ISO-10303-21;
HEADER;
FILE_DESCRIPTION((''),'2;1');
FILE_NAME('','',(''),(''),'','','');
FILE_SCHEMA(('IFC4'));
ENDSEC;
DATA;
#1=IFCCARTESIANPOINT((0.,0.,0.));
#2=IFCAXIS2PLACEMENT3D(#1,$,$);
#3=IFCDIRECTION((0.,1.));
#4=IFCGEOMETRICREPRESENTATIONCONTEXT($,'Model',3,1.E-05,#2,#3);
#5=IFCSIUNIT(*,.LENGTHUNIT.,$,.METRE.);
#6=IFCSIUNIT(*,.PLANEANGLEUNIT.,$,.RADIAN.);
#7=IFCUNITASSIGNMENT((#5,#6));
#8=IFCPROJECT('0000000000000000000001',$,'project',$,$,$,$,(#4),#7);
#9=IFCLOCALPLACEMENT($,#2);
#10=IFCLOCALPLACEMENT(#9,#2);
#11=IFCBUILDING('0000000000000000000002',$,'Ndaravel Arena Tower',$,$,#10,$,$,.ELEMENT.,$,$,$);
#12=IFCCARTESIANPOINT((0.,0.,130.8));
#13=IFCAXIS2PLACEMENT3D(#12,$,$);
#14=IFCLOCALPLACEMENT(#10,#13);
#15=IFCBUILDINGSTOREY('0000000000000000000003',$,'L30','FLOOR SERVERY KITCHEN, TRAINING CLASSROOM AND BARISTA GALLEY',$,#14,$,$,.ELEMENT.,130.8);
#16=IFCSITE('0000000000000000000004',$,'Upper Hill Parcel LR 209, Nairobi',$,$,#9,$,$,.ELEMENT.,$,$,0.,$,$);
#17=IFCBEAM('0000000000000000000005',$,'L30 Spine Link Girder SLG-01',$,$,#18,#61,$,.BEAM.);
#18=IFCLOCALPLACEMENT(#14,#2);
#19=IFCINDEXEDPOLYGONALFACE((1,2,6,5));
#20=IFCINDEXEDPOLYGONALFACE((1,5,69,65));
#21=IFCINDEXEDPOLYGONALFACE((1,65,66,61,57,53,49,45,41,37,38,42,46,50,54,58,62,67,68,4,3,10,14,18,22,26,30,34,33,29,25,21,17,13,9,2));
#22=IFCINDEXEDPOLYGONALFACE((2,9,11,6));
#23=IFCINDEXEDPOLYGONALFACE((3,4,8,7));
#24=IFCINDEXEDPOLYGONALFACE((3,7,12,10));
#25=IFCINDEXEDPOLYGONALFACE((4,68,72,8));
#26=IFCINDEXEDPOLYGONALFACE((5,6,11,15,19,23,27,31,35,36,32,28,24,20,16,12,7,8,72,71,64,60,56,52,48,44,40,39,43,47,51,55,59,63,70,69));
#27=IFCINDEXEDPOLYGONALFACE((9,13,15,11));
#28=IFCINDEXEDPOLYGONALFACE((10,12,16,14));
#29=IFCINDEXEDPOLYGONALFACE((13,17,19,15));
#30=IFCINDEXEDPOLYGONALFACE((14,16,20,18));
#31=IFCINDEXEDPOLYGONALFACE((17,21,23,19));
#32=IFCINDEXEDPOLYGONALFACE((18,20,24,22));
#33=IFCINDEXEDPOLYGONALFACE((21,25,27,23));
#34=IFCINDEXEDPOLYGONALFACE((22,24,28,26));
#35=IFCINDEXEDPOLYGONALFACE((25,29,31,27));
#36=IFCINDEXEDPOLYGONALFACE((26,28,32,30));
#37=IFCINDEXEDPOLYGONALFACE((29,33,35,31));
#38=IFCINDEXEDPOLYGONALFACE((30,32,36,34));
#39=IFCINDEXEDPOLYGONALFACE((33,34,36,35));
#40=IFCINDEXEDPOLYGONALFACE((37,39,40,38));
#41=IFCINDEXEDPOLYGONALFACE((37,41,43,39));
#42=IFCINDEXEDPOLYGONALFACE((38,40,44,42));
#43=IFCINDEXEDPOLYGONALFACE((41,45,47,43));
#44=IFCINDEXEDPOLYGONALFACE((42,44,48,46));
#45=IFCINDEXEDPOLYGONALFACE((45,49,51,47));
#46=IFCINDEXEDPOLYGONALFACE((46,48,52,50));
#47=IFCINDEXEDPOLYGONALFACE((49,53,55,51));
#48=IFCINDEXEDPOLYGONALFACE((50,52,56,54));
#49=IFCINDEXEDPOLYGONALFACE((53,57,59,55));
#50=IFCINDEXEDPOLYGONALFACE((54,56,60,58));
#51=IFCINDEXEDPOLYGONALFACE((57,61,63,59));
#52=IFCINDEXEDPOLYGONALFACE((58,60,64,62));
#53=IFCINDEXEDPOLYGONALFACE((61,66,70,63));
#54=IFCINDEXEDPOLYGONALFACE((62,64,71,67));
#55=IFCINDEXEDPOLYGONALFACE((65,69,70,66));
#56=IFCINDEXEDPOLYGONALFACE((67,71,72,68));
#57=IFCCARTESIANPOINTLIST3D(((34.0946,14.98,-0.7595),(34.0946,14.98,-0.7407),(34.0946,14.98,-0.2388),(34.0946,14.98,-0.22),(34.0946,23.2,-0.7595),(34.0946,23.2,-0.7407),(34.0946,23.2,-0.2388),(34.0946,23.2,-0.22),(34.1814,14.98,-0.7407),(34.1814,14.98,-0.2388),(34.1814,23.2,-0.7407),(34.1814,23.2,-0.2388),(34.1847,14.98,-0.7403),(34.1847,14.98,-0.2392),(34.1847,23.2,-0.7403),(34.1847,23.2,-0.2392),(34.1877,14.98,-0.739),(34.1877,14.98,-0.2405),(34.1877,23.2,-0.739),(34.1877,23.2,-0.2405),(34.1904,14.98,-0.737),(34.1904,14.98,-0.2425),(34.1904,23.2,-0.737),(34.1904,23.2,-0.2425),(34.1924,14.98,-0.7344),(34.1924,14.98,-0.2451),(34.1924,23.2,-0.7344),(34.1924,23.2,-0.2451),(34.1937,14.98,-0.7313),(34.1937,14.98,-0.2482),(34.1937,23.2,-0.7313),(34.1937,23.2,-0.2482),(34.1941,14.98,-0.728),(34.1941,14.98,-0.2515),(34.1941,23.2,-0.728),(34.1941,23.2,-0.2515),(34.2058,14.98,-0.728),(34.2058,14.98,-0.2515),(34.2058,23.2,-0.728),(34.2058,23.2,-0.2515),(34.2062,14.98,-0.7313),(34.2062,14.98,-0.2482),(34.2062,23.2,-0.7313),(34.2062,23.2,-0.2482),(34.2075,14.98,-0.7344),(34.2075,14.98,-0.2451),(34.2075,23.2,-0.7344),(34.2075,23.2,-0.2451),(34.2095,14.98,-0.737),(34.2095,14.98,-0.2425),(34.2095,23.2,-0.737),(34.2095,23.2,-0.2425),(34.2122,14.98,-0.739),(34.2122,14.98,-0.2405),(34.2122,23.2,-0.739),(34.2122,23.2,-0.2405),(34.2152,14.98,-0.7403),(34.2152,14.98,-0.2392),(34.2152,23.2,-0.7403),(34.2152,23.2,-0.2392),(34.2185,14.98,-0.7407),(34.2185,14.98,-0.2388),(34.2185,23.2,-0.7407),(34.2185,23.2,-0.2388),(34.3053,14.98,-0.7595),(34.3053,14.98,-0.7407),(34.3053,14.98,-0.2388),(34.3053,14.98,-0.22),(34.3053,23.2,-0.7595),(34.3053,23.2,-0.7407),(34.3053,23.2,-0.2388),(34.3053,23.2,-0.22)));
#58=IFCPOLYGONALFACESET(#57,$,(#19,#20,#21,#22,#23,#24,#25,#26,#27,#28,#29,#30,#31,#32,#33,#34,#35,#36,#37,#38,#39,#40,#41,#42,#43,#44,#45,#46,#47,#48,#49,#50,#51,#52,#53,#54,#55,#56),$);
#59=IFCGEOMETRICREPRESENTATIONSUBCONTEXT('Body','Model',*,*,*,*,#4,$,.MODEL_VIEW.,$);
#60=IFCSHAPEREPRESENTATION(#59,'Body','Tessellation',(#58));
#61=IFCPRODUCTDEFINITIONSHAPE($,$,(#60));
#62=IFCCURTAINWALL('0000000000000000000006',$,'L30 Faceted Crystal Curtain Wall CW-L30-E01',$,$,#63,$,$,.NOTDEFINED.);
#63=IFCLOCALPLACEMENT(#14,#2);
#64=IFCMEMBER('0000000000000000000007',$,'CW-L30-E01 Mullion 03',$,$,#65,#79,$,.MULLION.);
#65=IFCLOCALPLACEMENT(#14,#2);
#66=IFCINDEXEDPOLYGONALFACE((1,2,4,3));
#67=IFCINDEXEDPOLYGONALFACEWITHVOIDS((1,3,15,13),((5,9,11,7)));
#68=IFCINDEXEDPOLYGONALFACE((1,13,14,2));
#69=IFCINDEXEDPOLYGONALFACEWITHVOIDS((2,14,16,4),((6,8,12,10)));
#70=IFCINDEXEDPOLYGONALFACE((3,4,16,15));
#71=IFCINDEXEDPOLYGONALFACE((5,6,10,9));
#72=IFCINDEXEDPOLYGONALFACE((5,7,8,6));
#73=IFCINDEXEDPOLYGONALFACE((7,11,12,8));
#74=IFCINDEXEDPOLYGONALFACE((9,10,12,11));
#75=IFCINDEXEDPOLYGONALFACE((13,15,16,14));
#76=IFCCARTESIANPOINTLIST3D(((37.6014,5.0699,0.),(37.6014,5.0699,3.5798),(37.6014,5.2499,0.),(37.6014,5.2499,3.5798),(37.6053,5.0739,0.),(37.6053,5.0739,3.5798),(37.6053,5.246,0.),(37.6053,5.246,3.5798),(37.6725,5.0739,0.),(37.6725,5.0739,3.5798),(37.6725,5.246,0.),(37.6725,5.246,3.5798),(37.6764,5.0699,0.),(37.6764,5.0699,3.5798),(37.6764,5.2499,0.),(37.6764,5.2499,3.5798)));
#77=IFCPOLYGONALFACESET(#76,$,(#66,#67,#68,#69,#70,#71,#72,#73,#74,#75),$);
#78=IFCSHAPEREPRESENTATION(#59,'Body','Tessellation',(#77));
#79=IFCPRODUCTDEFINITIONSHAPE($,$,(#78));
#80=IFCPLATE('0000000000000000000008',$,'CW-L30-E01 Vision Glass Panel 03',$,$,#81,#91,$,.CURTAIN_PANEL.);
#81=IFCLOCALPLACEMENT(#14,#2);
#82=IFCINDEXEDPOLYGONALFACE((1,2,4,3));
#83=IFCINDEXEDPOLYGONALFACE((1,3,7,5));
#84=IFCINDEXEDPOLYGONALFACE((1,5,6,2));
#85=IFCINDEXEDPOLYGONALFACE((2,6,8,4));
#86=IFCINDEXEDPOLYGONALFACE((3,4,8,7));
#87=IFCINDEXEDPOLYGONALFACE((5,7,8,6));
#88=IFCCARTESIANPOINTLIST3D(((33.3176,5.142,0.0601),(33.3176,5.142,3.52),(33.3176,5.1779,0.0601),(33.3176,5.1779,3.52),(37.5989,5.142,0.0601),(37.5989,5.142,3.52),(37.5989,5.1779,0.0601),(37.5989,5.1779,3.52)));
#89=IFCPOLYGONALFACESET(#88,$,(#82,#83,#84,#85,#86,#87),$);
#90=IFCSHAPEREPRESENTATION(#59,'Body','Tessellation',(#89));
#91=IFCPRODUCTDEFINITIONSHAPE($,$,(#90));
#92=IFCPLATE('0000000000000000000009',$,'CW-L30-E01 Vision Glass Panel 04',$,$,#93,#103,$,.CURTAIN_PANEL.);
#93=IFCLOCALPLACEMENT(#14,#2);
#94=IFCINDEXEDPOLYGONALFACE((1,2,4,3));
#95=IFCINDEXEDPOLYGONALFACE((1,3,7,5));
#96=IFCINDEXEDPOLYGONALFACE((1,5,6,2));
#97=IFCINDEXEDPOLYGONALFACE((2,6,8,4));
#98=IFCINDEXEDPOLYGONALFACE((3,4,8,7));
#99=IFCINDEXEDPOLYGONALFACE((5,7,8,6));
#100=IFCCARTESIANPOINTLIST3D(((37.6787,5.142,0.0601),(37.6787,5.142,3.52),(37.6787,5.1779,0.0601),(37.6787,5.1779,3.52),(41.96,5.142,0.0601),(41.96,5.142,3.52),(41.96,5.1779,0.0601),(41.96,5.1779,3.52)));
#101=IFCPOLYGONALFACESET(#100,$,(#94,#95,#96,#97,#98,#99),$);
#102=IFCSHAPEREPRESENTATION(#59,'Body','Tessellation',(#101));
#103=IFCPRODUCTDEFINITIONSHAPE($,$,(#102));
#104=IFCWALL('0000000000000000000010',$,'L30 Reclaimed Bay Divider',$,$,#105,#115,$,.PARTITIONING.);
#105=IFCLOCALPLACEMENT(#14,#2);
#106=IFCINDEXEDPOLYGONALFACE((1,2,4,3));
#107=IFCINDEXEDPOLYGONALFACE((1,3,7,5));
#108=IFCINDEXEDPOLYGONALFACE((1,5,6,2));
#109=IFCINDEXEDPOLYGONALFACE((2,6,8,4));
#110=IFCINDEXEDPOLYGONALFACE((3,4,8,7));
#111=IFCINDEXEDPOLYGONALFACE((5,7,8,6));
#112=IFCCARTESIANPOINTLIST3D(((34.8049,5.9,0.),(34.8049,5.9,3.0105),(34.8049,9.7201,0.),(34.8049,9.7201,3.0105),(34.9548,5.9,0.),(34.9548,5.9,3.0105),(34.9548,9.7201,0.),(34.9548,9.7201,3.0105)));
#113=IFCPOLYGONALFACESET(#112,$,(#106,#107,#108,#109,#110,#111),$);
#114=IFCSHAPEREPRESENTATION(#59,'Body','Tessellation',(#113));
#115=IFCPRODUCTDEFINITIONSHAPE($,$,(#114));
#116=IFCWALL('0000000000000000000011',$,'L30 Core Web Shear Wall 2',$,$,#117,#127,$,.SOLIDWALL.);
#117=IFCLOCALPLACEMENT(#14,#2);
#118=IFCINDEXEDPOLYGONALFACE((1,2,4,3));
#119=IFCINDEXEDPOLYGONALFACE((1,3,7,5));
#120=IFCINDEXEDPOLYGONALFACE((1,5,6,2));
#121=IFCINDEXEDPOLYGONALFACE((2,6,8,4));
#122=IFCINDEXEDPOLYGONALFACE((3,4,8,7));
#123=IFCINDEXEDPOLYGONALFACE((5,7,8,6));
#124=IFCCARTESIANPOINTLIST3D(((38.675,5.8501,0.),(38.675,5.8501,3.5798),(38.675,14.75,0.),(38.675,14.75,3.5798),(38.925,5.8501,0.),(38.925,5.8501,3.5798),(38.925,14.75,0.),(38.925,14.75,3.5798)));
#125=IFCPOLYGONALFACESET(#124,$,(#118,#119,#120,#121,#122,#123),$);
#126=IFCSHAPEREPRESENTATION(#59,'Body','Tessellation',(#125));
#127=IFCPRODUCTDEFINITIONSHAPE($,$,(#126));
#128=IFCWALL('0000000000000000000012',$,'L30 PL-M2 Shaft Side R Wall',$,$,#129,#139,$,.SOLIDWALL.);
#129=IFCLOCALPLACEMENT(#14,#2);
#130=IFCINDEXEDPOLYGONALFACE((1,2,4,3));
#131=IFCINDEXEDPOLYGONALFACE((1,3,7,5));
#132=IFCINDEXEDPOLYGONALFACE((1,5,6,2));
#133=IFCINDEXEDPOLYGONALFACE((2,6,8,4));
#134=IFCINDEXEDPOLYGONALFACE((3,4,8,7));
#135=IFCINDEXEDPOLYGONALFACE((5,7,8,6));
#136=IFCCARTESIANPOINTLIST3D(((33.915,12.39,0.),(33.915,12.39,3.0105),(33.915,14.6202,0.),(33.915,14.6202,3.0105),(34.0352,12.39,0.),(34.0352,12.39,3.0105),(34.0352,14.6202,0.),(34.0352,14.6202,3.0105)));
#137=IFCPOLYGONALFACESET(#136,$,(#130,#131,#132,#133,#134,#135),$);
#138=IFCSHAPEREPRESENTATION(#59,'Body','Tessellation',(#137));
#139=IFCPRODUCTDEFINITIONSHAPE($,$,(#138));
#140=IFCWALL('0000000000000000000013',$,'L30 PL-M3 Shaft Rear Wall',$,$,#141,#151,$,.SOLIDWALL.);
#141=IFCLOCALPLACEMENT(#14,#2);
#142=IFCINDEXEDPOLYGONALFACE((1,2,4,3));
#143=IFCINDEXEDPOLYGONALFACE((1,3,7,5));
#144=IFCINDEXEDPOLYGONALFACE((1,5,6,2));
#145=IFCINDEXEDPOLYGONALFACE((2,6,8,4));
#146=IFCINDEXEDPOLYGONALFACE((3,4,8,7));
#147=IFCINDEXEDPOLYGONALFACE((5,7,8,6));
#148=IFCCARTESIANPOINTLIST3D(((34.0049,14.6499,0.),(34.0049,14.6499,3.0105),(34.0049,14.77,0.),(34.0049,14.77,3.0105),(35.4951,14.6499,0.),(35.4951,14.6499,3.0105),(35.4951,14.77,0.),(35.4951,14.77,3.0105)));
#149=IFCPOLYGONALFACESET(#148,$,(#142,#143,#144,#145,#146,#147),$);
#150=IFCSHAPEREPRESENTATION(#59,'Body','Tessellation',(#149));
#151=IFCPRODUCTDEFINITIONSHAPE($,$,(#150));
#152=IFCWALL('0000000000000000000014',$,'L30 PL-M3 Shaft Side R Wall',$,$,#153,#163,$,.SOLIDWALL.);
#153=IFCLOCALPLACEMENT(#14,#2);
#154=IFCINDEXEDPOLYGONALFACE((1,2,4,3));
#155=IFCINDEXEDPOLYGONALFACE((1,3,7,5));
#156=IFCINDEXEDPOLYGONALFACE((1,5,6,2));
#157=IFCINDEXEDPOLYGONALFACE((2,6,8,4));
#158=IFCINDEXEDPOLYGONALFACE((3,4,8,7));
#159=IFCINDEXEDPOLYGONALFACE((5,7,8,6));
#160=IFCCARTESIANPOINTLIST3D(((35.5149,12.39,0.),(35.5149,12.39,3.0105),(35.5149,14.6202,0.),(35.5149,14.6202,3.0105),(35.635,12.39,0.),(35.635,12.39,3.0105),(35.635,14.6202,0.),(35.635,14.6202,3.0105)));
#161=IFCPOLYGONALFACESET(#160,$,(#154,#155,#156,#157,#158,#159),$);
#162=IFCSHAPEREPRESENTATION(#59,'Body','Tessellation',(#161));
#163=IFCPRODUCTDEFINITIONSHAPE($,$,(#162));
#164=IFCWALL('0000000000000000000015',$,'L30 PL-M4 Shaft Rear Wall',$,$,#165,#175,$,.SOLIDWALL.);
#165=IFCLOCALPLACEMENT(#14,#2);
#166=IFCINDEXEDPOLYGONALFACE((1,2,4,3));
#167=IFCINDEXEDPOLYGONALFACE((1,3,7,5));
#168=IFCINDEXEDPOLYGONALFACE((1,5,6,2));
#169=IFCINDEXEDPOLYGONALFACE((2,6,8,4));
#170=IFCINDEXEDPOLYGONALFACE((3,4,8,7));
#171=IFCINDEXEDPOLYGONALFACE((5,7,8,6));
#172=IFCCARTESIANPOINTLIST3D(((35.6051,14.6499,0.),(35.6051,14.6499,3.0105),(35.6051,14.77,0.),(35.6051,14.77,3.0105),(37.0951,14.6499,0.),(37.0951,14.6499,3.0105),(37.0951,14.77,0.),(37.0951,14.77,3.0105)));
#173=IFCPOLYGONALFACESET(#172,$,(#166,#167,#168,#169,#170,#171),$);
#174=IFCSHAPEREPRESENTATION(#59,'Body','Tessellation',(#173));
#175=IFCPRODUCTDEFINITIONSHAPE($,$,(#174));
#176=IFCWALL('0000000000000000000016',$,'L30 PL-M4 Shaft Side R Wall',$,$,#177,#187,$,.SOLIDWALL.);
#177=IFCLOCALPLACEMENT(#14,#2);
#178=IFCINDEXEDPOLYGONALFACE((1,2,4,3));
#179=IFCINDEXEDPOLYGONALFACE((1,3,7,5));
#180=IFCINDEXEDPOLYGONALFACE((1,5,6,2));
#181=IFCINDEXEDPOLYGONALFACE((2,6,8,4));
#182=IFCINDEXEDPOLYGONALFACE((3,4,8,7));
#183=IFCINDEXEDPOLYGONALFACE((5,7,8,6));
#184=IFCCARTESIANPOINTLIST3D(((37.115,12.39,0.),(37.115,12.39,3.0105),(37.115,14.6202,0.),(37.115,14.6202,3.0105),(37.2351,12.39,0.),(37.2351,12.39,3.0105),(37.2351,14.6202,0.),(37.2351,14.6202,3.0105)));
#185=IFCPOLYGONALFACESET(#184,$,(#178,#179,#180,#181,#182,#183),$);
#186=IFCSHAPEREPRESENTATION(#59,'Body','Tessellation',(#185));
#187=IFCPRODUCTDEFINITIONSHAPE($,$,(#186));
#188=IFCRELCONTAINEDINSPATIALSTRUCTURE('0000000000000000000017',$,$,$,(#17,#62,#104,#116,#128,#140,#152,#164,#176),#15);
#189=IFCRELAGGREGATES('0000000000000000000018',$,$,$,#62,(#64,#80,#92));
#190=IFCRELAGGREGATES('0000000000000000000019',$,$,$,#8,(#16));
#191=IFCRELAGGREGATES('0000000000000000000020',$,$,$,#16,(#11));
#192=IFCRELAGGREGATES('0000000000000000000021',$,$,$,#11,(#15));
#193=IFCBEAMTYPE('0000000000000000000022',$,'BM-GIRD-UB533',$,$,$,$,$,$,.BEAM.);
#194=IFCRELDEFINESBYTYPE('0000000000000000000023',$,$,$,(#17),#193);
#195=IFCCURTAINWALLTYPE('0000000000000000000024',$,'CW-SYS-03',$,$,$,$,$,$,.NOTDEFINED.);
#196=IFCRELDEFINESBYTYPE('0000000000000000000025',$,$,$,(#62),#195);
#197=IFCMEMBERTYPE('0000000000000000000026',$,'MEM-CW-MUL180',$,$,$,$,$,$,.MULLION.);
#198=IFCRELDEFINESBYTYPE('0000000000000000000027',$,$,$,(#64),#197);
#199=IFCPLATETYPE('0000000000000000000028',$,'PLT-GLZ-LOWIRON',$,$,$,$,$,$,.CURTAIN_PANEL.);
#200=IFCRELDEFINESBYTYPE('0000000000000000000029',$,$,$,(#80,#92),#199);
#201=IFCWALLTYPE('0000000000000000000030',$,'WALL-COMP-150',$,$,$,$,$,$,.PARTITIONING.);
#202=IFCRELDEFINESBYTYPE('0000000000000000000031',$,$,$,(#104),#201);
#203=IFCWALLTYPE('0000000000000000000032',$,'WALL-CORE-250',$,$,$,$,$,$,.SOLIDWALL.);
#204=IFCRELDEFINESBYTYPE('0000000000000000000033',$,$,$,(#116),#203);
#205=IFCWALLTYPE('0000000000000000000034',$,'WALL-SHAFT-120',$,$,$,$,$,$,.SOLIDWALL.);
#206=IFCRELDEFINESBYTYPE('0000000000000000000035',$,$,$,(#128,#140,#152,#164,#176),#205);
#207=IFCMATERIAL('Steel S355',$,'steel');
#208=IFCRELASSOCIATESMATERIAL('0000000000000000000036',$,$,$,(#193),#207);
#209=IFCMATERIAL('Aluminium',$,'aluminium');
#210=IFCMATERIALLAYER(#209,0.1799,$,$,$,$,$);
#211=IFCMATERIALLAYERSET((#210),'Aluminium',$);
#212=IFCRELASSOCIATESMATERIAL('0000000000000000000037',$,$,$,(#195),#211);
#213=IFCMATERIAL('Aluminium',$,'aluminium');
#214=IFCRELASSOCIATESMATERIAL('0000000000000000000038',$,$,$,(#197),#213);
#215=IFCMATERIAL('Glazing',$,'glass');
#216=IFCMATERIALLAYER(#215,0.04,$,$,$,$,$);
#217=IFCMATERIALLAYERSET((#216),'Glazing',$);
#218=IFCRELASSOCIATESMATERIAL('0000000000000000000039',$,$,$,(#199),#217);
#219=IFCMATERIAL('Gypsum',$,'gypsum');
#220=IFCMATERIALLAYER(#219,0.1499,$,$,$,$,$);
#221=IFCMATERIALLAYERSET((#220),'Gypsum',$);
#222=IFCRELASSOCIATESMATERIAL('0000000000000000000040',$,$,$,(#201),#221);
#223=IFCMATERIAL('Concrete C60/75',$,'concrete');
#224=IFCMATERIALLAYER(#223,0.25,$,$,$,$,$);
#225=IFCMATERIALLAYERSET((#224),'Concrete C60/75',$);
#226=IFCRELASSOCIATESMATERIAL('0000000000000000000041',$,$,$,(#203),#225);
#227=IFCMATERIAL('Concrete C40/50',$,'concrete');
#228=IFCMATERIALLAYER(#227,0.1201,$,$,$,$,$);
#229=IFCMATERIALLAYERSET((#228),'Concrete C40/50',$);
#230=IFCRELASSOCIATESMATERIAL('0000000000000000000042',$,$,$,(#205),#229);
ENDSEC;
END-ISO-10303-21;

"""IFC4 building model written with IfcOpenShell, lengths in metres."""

from ifc_helpers import new_model, si_unit, direction, frame, frame_2d, origin, origin_2d, place, context, subcontext, project, spatial, rectangle, hollow_rectangle, i_section, extrude, material, layer, layer_set, material_profile, profile_set, type_object, element, aggregate, save


model = new_model("IFC4")

# Units and contexts
model_context = context("Model", 3, precision=1e-05, world=origin(), true_north=direction((0.0, 1.0)))
body_context = subcontext(model_context, "Body", "Model", "MODEL_VIEW")
ifc_project = project(units=[si_unit("LENGTHUNIT", "METRE"), si_unit("PLANEANGLEUNIT", "RADIAN")], contexts=[model_context])

# Site, building, storey
site_placement = place(None, origin())
site = spatial("IfcSite", under=ifc_project, at=site_placement, Name="Upper Hill Parcel LR 209, Nairobi", CompositionType="ELEMENT", RefElevation=0.0)
building_placement = place(site_placement, origin())
building = spatial("IfcBuilding", under=site, at=building_placement, Name="Ndaravel Arena Tower", CompositionType="ELEMENT")
storey_placement = place(building_placement, frame((0.0, 0.0, 130.8)))
storey = spatial("IfcBuildingStorey", under=building, at=storey_placement, Name="L30", Description="FLOOR SERVERY KITCHEN, TRAINING CLASSROOM AND BARISTA GALLEY", CompositionType="ELEMENT", Elevation=130.8)

# Beam
ifc_material_1 = material(Name="Steel S355", Category="steel")
ifc_material_profile_1 = material_profile(ifc_material_1, i_section(OverallWidth=0.2107, OverallDepth=0.5396, WebThickness=0.0117, FlangeThickness=0.0188, FilletRadius=0.0127, at=origin_2d()), Name="UB 533x210x109")
ifc_profile_set_1 = profile_set([ifc_material_profile_1], Name="Steel S355")
beam_type = type_object("IfcBeamType", Name="BM-GIRD-UB533", PredefinedType="BEAM", material=ifc_profile_set_1)
beam_placement = place(storey_placement, frame((34.2, 14.98, -0.4897), z_axis=(0.0, 1.0, 0.0), x_axis=(-1.0, 0.0, 0.0)))
element("IfcBeam", 1, at=beam_placement, inside=storey, type_object=beam_type, Name="L30 Spine Link Girder SLG-01", PredefinedType="BEAM", context=body_context, shape_type="SweptSolid", body=[
    extrude(i_section(OverallWidth=0.2107, OverallDepth=0.5396, WebThickness=0.0117, FlangeThickness=0.0188, FilletRadius=0.0127, at=origin_2d()), origin(), (0.0, 0.0, 1.0), 8.22),
])

# Curtain wall, member, plates
ifc_material_2 = material(Name="Aluminium", Category="aluminium")
ifc_layer_1 = layer(ifc_material_2, 0.1799)
ifc_layer_set_1 = layer_set([ifc_layer_1], Name="Aluminium")
curtain_wall_type = type_object("IfcCurtainWallType", Name="CW-SYS-03", PredefinedType="NOTDEFINED", material=ifc_layer_set_1)
curtain_wall_placement = place(storey_placement, origin())
curtain_wall = element("IfcCurtainWall", 2, at=curtain_wall_placement, inside=storey, type_object=curtain_wall_type, Name="L30 Faceted Crystal Curtain Wall CW-L30-E01", PredefinedType="NOTDEFINED")
ifc_material_3 = material(Name="Aluminium", Category="aluminium")
ifc_material_profile_2 = material_profile(ifc_material_3, hollow_rectangle(XDim=0.075, YDim=0.1799, WallThickness=0.0039, at=origin_2d()), Name="CW MULLION 75x180x4")
ifc_profile_set_2 = profile_set([ifc_material_profile_2], Name="Aluminium")
member_type = type_object("IfcMemberType", Name="MEM-CW-MUL180", PredefinedType="MULLION", material=ifc_profile_set_2)
member_placement = place(storey_placement, frame((37.6389, 5.1599, 0.0), z_axis=(0.0, 0.0, 1.0), x_axis=(1.0, 0.0, 0.0)))
member = element("IfcMember", 3, at=member_placement, type_object=member_type, Name="CW-L30-E01 Mullion 03", PredefinedType="MULLION", context=body_context, shape_type="SweptSolid", body=[
    extrude(hollow_rectangle(XDim=0.075, YDim=0.1799, WallThickness=0.0039, at=origin_2d()), origin(), (0.0, 0.0, 1.0), 3.5798),
])
ifc_material_4 = material(Name="Glazing", Category="glass")
ifc_layer_2 = layer(ifc_material_4, 0.04)
ifc_layer_set_2 = layer_set([ifc_layer_2], Name="Glazing")
plate_type = type_object("IfcPlateType", Name="PLT-GLZ-LOWIRON", PredefinedType="CURTAIN_PANEL", material=ifc_layer_set_2)
plate_1_placement = place(storey_placement, frame((35.4583, 5.1599, 0.0601), z_axis=(0.0, 0.0, 1.0), x_axis=(1.0, 0.0, 0.0)))
plate_1 = element("IfcPlate", 4, at=plate_1_placement, type_object=plate_type, Name="CW-L30-E01 Vision Glass Panel 03", PredefinedType="CURTAIN_PANEL", context=body_context, shape_type="SweptSolid", body=[
    extrude(rectangle(XDim=4.2812, YDim=0.0359, at=origin_2d()), origin(), (0.0, 0.0, 1.0), 3.46),
])
plate_2_placement = place(storey_placement, frame((39.8193, 5.1599, 0.0601), z_axis=(0.0, 0.0, 1.0), x_axis=(1.0, 0.0, 0.0)))
plate_2 = element("IfcPlate", 5, at=plate_2_placement, type_object=plate_type, Name="CW-L30-E01 Vision Glass Panel 04", PredefinedType="CURTAIN_PANEL", context=body_context, shape_type="SweptSolid", body=[
    extrude(rectangle(XDim=4.2812, YDim=0.0359, at=origin_2d()), origin(), (0.0, 0.0, 1.0), 3.46),
])
aggregate(curtain_wall, [member, plate_1, plate_2])

# Walls
ifc_material_5 = material(Name="Gypsum", Category="gypsum")
ifc_layer_3 = layer(ifc_material_5, 0.1499)
ifc_layer_set_3 = layer_set([ifc_layer_3], Name="Gypsum")
wall_type_1 = type_object("IfcWallType", Name="WALL-COMP-150", PredefinedType="PARTITIONING", material=ifc_layer_set_3)
wall_1_placement = place(storey_placement, frame((34.8799, 5.8999, 0.0), z_axis=(0.0, 0.0, 1.0), x_axis=(0.0, 1.0, 0.0)))
element("IfcWall", 6, at=wall_1_placement, inside=storey, type_object=wall_type_1, Name="L30 Reclaimed Bay Divider", PredefinedType="PARTITIONING", context=body_context, shape_type="SweptSolid", body=[
    extrude(rectangle(XDim=3.8201, YDim=0.1499, at=frame_2d((1.9102, 0.0))), origin(), (0.0, 0.0, 1.0), 3.0105),
])
ifc_material_6 = material(Name="Concrete C60/75", Category="concrete")
ifc_layer_4 = layer(ifc_material_6, 0.25)
ifc_layer_set_4 = layer_set([ifc_layer_4], Name="Concrete C60/75")
wall_type_2 = type_object("IfcWallType", Name="WALL-CORE-250", PredefinedType="SOLIDWALL", material=ifc_layer_set_4)
wall_2_placement = place(storey_placement, frame((38.8, 5.8501, 0.0), z_axis=(0.0, 0.0, 1.0), x_axis=(0.0, 1.0, 0.0)))
element("IfcWall", 7, at=wall_2_placement, inside=storey, type_object=wall_type_2, Name="L30 Core Web Shear Wall 2", PredefinedType="SOLIDWALL", context=body_context, shape_type="SweptSolid", body=[
    extrude(rectangle(XDim=8.8999, YDim=0.25, at=frame_2d((4.45, 0.0))), origin(), (0.0, 0.0, 1.0), 3.5798),
])
ifc_material_7 = material(Name="Concrete C40/50", Category="concrete")
ifc_layer_5 = layer(ifc_material_7, 0.1201)
ifc_layer_set_5 = layer_set([ifc_layer_5], Name="Concrete C40/50")
wall_type_3 = type_object("IfcWallType", Name="WALL-SHAFT-120", PredefinedType="SOLIDWALL", material=ifc_layer_set_5)
wall_3_placement = place(storey_placement, frame((33.9751, 12.3899, 0.0), z_axis=(0.0, 0.0, 1.0), x_axis=(0.0, 1.0, 0.0)))
element("IfcWall", 8, at=wall_3_placement, inside=storey, type_object=wall_type_3, Name="L30 PL-M2 Shaft Side R Wall", PredefinedType="SOLIDWALL", context=body_context, shape_type="SweptSolid", body=[
    extrude(rectangle(XDim=2.2302, YDim=0.1201, at=frame_2d((1.1152, 0.0))), origin(), (0.0, 0.0, 1.0), 3.0105),
])
wall_4_placement = place(storey_placement, frame((34.0049, 14.71, 0.0), z_axis=(0.0, 0.0, 1.0), x_axis=(1.0, 0.0, 0.0)))
element("IfcWall", 9, at=wall_4_placement, inside=storey, type_object=wall_type_3, Name="L30 PL-M3 Shaft Rear Wall", PredefinedType="SOLIDWALL", context=body_context, shape_type="SweptSolid", body=[
    extrude(rectangle(XDim=1.4902, YDim=0.1201, at=frame_2d((0.7451, 0.0))), origin(), (0.0, 0.0, 1.0), 3.0105),
])
wall_5_placement = place(storey_placement, frame((35.575, 12.3899, 0.0), z_axis=(0.0, 0.0, 1.0), x_axis=(0.0, 1.0, 0.0)))
element("IfcWall", 10, at=wall_5_placement, inside=storey, type_object=wall_type_3, Name="L30 PL-M3 Shaft Side R Wall", PredefinedType="SOLIDWALL", context=body_context, shape_type="SweptSolid", body=[
    extrude(rectangle(XDim=2.2302, YDim=0.1201, at=frame_2d((1.1152, 0.0))), origin(), (0.0, 0.0, 1.0), 3.0105),
])
wall_6_placement = place(storey_placement, frame((35.605, 14.71, 0.0), z_axis=(0.0, 0.0, 1.0), x_axis=(1.0, 0.0, 0.0)))
element("IfcWall", 11, at=wall_6_placement, inside=storey, type_object=wall_type_3, Name="L30 PL-M4 Shaft Rear Wall", PredefinedType="SOLIDWALL", context=body_context, shape_type="SweptSolid", body=[
    extrude(rectangle(XDim=1.49, YDim=0.1201, at=frame_2d((0.7451, 0.0))), origin(), (0.0, 0.0, 1.0), 3.0105),
])
wall_7_placement = place(storey_placement, frame((37.175, 12.3899, 0.0), z_axis=(0.0, 0.0, 1.0), x_axis=(0.0, 1.0, 0.0)))
element("IfcWall", 12, at=wall_7_placement, inside=storey, type_object=wall_type_3, Name="L30 PL-M4 Shaft Side R Wall", PredefinedType="SOLIDWALL", context=body_context, shape_type="SweptSolid", body=[
    extrude(rectangle(XDim=2.2302, YDim=0.1201, at=frame_2d((1.1152, 0.0))), origin(), (0.0, 0.0, 1.0), 3.0105),
])

save(model, "model.ifc")
